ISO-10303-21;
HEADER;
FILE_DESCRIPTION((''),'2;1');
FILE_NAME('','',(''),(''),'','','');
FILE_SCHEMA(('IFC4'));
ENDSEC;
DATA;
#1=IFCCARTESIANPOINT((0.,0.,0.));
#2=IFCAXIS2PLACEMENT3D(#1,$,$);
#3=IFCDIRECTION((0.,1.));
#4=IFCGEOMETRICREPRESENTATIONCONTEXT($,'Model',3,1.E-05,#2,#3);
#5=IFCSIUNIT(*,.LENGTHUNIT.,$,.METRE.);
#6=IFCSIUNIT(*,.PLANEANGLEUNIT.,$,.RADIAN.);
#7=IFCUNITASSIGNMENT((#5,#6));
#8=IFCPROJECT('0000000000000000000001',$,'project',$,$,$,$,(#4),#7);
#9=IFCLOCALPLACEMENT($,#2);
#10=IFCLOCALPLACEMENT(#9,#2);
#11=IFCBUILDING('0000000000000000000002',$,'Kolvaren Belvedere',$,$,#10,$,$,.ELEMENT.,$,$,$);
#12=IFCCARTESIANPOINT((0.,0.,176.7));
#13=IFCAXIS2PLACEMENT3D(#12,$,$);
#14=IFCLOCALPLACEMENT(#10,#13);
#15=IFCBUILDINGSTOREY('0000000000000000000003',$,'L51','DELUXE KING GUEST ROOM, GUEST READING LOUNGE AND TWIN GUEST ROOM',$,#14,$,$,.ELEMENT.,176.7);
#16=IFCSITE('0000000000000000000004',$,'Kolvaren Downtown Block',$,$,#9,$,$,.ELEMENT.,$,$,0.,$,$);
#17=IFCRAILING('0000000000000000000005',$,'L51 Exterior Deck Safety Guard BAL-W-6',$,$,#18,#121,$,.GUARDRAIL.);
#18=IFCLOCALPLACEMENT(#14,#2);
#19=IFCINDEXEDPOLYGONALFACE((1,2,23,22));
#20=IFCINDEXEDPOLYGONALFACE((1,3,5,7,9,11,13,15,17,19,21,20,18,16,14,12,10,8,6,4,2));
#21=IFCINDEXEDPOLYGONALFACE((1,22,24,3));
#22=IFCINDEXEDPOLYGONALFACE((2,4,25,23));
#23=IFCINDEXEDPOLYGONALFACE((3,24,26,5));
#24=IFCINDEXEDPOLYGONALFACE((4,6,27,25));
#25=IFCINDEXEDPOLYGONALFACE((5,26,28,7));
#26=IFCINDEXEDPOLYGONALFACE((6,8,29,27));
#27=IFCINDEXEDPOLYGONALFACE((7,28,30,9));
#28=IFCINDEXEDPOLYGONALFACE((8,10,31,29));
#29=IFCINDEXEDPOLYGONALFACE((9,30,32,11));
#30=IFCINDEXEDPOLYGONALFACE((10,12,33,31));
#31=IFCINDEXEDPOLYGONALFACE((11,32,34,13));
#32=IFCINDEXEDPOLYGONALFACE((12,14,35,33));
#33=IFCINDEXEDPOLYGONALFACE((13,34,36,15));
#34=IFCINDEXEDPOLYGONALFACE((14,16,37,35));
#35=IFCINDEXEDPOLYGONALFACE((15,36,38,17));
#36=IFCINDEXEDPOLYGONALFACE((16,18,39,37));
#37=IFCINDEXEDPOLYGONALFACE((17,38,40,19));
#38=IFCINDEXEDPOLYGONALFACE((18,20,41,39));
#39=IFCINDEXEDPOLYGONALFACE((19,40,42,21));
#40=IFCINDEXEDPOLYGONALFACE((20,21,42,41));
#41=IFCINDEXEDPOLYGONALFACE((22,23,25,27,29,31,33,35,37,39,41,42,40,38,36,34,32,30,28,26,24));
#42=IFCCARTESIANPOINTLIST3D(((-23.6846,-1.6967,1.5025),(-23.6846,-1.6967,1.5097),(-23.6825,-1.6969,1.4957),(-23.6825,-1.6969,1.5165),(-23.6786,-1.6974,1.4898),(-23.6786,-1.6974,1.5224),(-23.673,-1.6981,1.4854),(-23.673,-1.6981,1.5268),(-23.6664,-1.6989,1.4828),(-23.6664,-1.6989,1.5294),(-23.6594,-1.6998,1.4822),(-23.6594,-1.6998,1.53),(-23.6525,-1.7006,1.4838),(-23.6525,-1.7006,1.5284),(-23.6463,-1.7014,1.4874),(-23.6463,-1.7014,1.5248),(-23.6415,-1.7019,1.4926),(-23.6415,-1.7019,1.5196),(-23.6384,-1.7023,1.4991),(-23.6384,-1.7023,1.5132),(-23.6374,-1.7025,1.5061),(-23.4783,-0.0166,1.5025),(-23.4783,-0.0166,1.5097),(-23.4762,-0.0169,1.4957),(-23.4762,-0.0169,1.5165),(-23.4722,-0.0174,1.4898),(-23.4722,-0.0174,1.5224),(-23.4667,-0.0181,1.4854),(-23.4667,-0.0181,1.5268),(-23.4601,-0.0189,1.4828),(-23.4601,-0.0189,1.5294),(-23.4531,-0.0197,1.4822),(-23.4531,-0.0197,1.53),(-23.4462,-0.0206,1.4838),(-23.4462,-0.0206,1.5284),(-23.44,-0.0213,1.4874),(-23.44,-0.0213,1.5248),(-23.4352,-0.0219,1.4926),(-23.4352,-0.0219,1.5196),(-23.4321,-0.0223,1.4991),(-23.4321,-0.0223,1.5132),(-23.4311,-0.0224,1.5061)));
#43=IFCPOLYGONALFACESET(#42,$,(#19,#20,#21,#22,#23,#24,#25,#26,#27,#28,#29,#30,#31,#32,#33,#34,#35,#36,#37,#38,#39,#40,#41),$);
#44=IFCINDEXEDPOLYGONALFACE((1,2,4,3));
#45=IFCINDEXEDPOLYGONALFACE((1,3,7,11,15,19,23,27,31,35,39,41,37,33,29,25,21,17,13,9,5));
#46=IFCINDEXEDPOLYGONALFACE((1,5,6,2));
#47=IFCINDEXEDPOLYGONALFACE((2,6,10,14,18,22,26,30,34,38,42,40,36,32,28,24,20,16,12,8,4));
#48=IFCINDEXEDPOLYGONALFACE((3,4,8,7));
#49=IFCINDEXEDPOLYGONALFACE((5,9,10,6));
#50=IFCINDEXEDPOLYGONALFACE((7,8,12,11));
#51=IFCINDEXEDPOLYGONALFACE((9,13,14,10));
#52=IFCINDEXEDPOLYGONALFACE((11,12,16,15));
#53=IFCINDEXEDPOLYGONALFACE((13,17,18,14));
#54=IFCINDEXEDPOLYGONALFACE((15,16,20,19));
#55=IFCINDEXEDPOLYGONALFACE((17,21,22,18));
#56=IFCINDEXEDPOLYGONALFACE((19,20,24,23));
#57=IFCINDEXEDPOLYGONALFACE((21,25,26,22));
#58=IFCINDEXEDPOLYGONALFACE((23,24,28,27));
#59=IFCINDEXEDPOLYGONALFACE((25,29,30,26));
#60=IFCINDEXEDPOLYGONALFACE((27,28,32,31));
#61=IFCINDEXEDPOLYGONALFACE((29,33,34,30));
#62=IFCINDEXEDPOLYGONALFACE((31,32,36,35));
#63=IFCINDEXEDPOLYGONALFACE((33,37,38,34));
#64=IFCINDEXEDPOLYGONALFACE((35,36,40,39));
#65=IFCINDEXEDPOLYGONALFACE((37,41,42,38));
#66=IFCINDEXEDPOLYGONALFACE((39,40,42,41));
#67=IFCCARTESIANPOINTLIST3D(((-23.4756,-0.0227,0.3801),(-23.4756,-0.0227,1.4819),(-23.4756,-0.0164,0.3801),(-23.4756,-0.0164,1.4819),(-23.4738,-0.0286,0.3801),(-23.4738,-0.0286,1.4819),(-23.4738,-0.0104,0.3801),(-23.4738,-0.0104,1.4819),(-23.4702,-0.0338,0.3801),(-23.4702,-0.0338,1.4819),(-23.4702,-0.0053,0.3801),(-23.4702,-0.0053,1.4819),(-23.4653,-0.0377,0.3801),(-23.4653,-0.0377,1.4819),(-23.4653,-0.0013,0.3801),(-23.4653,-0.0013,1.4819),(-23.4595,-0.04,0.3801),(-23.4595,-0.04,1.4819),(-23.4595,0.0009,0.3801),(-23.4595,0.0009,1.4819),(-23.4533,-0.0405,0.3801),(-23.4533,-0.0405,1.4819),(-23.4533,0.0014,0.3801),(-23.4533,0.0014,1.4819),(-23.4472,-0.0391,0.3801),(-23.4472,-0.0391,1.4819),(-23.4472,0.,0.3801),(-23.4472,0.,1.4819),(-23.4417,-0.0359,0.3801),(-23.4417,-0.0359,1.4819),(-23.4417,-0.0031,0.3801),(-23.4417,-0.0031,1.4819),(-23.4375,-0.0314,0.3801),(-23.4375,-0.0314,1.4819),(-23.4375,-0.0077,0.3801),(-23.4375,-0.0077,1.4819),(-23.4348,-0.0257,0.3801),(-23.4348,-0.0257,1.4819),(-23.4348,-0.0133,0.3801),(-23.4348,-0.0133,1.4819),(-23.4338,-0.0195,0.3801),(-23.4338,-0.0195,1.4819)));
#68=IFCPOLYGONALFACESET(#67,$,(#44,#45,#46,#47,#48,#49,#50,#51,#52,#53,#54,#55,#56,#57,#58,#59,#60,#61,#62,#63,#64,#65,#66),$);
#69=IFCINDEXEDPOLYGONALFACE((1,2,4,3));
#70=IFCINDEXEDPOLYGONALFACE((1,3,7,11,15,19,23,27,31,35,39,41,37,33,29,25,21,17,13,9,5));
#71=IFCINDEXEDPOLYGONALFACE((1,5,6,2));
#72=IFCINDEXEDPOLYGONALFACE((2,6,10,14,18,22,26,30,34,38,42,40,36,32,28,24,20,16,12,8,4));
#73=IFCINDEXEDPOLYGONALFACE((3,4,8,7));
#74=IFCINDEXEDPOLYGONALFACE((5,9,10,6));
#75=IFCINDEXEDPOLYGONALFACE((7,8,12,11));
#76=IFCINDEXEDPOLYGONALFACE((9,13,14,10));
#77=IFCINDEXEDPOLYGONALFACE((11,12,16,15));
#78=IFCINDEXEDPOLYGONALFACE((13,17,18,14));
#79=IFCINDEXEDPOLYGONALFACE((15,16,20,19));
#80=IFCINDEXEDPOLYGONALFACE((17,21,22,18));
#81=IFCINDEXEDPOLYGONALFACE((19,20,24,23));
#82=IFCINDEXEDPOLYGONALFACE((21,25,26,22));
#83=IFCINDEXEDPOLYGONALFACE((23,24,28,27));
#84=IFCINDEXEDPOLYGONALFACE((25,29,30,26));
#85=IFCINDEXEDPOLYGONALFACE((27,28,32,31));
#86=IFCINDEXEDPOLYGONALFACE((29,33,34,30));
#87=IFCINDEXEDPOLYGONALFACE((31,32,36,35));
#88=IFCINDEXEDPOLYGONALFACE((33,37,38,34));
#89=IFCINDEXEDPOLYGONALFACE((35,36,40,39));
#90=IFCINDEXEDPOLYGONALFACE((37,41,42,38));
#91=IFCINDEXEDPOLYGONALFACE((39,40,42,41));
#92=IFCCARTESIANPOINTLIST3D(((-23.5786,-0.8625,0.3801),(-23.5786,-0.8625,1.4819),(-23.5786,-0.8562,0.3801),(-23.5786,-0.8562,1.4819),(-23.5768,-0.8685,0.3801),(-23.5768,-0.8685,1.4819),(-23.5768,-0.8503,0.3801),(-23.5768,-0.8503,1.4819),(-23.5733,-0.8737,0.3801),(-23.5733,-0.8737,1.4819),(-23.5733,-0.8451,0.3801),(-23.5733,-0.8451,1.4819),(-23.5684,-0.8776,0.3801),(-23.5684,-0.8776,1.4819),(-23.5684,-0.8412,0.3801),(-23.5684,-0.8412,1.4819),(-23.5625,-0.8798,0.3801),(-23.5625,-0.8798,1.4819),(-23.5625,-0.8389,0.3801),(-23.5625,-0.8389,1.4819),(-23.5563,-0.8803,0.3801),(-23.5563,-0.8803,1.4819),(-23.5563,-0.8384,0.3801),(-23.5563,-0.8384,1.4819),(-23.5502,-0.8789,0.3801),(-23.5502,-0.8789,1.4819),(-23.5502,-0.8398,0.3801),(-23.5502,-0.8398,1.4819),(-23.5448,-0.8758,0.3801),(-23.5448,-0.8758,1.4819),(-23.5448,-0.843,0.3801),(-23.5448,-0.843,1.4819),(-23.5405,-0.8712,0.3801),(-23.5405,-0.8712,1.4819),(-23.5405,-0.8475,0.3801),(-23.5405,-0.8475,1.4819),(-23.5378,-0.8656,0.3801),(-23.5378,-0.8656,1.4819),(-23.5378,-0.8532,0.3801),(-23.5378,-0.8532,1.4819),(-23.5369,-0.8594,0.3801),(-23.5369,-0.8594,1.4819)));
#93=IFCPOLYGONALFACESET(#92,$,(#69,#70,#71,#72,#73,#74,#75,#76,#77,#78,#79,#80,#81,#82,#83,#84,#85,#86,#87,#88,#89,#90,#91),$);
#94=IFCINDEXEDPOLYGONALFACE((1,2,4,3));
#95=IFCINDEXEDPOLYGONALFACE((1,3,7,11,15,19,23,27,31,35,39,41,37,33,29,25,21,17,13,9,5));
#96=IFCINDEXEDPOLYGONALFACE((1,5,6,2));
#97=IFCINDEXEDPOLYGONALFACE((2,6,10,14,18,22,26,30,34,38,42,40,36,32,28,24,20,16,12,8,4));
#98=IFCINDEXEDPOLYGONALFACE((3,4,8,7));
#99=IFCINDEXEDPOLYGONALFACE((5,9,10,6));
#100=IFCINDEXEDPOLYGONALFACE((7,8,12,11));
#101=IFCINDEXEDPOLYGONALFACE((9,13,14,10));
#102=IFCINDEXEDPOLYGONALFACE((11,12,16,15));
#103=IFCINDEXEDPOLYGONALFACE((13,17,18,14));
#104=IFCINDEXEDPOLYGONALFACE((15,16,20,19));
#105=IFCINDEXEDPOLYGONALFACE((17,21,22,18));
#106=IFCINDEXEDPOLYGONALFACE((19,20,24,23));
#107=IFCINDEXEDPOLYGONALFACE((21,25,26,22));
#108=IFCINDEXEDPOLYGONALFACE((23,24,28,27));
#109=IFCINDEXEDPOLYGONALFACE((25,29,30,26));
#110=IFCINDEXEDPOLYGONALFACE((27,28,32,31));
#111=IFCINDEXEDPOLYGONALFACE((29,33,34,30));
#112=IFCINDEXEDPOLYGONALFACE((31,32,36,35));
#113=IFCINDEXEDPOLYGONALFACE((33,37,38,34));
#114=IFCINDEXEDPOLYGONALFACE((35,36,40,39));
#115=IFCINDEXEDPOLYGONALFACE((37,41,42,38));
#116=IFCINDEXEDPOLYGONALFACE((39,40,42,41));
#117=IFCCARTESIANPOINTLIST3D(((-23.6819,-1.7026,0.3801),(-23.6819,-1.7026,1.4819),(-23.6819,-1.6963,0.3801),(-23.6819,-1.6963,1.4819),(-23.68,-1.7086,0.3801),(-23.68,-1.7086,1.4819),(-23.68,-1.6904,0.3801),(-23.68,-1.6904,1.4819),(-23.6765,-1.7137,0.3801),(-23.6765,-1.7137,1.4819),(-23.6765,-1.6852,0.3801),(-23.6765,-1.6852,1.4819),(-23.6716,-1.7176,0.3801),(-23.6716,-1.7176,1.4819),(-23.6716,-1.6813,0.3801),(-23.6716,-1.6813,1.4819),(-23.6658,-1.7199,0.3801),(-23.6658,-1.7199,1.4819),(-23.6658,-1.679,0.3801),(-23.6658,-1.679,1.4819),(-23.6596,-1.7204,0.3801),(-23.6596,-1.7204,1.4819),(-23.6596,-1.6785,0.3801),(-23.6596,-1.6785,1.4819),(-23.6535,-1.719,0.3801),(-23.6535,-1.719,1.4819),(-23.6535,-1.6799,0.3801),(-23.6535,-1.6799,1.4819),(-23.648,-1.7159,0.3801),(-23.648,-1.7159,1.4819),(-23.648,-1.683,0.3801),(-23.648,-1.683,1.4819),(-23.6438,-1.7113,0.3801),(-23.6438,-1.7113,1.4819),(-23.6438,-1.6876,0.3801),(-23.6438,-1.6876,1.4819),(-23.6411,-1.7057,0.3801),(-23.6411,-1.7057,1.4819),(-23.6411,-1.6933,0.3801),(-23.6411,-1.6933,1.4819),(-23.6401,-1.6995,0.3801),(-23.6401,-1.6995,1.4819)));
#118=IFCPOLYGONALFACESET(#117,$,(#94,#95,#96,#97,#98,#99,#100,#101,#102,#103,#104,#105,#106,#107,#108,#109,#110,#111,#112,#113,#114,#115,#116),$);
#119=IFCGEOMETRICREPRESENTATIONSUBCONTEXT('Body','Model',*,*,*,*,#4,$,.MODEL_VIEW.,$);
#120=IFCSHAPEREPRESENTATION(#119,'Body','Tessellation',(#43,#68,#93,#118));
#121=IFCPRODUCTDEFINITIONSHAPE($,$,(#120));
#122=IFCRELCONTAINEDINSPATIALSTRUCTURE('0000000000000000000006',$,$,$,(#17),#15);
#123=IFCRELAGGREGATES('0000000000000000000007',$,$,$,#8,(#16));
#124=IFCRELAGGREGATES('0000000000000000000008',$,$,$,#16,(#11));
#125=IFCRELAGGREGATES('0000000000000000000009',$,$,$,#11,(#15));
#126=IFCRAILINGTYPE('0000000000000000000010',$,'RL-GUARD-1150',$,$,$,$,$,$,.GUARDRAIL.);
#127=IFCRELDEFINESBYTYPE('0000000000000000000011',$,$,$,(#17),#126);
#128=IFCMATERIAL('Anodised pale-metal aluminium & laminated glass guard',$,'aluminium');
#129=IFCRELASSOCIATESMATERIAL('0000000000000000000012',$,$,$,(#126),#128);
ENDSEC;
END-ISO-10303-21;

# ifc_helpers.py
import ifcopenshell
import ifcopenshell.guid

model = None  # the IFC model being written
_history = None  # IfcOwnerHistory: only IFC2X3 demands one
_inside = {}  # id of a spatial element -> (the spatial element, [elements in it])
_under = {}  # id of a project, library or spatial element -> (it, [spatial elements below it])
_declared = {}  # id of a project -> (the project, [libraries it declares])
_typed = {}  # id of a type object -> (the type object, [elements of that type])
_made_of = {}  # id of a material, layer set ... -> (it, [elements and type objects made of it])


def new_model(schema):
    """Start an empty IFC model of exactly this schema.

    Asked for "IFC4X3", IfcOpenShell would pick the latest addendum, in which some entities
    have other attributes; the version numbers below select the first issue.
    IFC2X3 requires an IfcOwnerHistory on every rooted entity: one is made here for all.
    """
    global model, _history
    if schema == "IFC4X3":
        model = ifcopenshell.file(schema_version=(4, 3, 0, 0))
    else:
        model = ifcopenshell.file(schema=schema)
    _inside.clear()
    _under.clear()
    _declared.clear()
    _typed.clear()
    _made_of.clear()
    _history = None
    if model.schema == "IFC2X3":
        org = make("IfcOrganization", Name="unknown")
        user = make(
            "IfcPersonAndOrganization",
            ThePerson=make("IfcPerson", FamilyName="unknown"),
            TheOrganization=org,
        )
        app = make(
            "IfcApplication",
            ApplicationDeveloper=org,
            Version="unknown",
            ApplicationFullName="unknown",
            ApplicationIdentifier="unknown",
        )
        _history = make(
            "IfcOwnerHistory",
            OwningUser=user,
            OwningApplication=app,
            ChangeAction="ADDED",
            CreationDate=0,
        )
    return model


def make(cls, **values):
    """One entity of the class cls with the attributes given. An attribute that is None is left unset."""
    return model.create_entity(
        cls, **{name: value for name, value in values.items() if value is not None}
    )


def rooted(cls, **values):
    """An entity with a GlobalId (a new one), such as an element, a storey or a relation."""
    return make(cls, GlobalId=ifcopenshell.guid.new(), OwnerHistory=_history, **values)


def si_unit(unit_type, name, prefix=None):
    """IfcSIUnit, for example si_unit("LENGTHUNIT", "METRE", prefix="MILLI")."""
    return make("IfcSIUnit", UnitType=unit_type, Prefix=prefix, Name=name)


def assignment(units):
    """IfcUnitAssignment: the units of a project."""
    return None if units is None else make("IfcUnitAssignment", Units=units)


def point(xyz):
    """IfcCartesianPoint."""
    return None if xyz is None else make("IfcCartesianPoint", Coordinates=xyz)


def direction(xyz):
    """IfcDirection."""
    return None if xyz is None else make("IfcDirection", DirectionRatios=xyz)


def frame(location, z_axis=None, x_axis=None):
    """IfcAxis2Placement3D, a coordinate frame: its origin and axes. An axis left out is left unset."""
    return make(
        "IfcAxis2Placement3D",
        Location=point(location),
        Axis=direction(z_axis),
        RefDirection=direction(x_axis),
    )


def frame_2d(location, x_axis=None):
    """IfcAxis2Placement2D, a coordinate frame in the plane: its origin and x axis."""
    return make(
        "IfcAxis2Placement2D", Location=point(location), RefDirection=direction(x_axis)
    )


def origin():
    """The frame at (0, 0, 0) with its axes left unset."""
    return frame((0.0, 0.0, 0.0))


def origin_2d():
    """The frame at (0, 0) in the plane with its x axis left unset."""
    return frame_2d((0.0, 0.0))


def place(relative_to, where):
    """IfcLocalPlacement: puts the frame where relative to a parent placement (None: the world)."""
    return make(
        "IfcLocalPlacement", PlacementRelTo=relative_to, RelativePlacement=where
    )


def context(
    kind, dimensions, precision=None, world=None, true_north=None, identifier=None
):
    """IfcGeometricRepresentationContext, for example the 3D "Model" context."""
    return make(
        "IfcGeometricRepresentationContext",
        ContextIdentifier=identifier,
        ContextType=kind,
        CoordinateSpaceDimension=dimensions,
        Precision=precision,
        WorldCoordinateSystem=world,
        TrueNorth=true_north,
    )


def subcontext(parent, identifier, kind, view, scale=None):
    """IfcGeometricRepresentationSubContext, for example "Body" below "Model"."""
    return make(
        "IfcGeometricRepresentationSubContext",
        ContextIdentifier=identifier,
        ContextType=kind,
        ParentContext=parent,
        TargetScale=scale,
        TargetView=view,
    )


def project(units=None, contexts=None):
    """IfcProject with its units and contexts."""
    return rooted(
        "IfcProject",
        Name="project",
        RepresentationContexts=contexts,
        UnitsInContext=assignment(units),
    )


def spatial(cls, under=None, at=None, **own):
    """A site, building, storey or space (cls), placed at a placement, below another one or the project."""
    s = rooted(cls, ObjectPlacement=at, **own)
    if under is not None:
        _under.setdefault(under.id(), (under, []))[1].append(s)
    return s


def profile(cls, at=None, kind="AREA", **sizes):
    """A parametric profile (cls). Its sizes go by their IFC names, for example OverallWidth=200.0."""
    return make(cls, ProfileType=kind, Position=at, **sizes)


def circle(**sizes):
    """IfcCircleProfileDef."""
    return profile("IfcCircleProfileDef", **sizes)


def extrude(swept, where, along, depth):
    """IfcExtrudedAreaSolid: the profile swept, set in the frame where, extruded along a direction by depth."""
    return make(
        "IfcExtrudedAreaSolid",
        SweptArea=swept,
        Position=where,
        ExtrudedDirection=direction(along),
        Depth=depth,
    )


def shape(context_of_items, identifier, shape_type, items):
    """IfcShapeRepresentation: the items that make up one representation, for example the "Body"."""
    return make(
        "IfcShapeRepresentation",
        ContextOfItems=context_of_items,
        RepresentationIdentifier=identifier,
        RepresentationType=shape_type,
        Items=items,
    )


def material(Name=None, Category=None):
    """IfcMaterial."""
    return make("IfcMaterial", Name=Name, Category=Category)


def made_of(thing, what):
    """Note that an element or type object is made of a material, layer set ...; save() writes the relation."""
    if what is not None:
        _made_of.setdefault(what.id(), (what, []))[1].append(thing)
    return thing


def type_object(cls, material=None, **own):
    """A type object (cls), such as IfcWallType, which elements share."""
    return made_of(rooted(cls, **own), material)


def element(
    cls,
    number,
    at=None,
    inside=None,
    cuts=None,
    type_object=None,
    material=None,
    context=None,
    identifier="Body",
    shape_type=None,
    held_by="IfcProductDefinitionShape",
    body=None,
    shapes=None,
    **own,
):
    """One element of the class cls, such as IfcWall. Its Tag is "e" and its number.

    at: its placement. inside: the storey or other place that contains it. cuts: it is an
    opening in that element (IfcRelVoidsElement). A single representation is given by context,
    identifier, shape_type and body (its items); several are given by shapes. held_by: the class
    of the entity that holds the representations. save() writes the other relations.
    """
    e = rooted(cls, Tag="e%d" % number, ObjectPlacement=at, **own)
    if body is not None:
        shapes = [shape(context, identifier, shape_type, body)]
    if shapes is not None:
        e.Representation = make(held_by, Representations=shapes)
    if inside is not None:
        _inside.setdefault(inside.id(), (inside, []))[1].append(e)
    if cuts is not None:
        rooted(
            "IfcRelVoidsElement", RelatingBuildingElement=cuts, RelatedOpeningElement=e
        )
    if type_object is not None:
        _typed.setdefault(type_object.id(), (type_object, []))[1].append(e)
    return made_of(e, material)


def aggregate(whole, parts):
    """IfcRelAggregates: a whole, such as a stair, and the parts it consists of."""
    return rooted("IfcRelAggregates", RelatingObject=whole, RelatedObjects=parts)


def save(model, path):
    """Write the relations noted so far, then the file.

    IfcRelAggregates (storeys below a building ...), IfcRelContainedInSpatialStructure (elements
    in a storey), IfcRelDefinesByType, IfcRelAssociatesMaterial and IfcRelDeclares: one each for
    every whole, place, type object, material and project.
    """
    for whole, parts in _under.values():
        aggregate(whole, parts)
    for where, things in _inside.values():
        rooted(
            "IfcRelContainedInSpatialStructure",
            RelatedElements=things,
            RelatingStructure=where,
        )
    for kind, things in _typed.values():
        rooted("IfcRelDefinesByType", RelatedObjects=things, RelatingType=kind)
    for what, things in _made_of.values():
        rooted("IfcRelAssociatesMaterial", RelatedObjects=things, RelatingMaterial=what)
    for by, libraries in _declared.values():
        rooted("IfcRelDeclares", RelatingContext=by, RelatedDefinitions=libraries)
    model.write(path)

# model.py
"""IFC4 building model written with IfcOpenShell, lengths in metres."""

from ifc_helpers import new_model, si_unit, direction, frame, origin, origin_2d, place, context, subcontext, project, spatial, circle, extrude, material, type_object, element, save


model = new_model("IFC4")

# Units and contexts
model_context = context("Model", 3, precision=1e-05, world=origin(), true_north=direction((0.0, 1.0)))
body_context = subcontext(model_context, "Body", "Model", "MODEL_VIEW")
ifc_project = project(units=[si_unit("LENGTHUNIT", "METRE"), si_unit("PLANEANGLEUNIT", "RADIAN")], contexts=[model_context])

# Site, building, storey
site_placement = place(None, origin())
site = spatial("IfcSite", under=ifc_project, at=site_placement, Name="Kolvaren Downtown Block", CompositionType="ELEMENT", RefElevation=0.0)
building_placement = place(site_placement, origin())
building = spatial("IfcBuilding", under=site, at=building_placement, Name="Kolvaren Belvedere", CompositionType="ELEMENT")
storey_placement = place(building_placement, frame((0.0, 0.0, 176.7)))
storey = spatial("IfcBuildingStorey", under=building, at=storey_placement, Name="L51", Description="DELUXE KING GUEST ROOM, GUEST READING LOUNGE AND TWIN GUEST ROOM", CompositionType="ELEMENT", Elevation=176.7)

# Railing
ifc_material_1 = material(Name="Anodised pale-metal aluminium & laminated glass guard", Category="aluminium")
railing_type = type_object("IfcRailingType", Name="RL-GUARD-1150", PredefinedType="GUARDRAIL", material=ifc_material_1)
railing_1_placement = place(storey_placement, frame((-23.4548, -0.0195, 0.3801)))
element("IfcRailing", 1, at=railing_1_placement, inside=storey, type_object=railing_type, Name="L51 Exterior Deck Safety Guard BAL-W-6", PredefinedType="GUARDRAIL", context=body_context, shape_type="SweptSolid", body=[
    extrude(circle(Radius=0.0239, at=origin_2d()), frame((0.0, 0.0, 1.126), z_axis=(-0.121886, -0.992544, 0.0), x_axis=(0.992544, -0.121886, 0.0)), (0.0, 0.0, 1.0), 1.6926),
    extrude(circle(Radius=0.021, at=origin_2d()), origin(), (0.0, 0.0, 1.0), 1.1018),
    extrude(circle(Radius=0.021, at=origin_2d()), frame((-0.103, -0.8398, 0.0)), (0.0, 0.0, 1.0), 1.1018),
    extrude(circle(Radius=0.021, at=origin_2d()), frame((-0.2063, -1.6799, 0.0)), (0.0, 0.0, 1.0), 1.1018),
])

save(model, "model.ifc")
